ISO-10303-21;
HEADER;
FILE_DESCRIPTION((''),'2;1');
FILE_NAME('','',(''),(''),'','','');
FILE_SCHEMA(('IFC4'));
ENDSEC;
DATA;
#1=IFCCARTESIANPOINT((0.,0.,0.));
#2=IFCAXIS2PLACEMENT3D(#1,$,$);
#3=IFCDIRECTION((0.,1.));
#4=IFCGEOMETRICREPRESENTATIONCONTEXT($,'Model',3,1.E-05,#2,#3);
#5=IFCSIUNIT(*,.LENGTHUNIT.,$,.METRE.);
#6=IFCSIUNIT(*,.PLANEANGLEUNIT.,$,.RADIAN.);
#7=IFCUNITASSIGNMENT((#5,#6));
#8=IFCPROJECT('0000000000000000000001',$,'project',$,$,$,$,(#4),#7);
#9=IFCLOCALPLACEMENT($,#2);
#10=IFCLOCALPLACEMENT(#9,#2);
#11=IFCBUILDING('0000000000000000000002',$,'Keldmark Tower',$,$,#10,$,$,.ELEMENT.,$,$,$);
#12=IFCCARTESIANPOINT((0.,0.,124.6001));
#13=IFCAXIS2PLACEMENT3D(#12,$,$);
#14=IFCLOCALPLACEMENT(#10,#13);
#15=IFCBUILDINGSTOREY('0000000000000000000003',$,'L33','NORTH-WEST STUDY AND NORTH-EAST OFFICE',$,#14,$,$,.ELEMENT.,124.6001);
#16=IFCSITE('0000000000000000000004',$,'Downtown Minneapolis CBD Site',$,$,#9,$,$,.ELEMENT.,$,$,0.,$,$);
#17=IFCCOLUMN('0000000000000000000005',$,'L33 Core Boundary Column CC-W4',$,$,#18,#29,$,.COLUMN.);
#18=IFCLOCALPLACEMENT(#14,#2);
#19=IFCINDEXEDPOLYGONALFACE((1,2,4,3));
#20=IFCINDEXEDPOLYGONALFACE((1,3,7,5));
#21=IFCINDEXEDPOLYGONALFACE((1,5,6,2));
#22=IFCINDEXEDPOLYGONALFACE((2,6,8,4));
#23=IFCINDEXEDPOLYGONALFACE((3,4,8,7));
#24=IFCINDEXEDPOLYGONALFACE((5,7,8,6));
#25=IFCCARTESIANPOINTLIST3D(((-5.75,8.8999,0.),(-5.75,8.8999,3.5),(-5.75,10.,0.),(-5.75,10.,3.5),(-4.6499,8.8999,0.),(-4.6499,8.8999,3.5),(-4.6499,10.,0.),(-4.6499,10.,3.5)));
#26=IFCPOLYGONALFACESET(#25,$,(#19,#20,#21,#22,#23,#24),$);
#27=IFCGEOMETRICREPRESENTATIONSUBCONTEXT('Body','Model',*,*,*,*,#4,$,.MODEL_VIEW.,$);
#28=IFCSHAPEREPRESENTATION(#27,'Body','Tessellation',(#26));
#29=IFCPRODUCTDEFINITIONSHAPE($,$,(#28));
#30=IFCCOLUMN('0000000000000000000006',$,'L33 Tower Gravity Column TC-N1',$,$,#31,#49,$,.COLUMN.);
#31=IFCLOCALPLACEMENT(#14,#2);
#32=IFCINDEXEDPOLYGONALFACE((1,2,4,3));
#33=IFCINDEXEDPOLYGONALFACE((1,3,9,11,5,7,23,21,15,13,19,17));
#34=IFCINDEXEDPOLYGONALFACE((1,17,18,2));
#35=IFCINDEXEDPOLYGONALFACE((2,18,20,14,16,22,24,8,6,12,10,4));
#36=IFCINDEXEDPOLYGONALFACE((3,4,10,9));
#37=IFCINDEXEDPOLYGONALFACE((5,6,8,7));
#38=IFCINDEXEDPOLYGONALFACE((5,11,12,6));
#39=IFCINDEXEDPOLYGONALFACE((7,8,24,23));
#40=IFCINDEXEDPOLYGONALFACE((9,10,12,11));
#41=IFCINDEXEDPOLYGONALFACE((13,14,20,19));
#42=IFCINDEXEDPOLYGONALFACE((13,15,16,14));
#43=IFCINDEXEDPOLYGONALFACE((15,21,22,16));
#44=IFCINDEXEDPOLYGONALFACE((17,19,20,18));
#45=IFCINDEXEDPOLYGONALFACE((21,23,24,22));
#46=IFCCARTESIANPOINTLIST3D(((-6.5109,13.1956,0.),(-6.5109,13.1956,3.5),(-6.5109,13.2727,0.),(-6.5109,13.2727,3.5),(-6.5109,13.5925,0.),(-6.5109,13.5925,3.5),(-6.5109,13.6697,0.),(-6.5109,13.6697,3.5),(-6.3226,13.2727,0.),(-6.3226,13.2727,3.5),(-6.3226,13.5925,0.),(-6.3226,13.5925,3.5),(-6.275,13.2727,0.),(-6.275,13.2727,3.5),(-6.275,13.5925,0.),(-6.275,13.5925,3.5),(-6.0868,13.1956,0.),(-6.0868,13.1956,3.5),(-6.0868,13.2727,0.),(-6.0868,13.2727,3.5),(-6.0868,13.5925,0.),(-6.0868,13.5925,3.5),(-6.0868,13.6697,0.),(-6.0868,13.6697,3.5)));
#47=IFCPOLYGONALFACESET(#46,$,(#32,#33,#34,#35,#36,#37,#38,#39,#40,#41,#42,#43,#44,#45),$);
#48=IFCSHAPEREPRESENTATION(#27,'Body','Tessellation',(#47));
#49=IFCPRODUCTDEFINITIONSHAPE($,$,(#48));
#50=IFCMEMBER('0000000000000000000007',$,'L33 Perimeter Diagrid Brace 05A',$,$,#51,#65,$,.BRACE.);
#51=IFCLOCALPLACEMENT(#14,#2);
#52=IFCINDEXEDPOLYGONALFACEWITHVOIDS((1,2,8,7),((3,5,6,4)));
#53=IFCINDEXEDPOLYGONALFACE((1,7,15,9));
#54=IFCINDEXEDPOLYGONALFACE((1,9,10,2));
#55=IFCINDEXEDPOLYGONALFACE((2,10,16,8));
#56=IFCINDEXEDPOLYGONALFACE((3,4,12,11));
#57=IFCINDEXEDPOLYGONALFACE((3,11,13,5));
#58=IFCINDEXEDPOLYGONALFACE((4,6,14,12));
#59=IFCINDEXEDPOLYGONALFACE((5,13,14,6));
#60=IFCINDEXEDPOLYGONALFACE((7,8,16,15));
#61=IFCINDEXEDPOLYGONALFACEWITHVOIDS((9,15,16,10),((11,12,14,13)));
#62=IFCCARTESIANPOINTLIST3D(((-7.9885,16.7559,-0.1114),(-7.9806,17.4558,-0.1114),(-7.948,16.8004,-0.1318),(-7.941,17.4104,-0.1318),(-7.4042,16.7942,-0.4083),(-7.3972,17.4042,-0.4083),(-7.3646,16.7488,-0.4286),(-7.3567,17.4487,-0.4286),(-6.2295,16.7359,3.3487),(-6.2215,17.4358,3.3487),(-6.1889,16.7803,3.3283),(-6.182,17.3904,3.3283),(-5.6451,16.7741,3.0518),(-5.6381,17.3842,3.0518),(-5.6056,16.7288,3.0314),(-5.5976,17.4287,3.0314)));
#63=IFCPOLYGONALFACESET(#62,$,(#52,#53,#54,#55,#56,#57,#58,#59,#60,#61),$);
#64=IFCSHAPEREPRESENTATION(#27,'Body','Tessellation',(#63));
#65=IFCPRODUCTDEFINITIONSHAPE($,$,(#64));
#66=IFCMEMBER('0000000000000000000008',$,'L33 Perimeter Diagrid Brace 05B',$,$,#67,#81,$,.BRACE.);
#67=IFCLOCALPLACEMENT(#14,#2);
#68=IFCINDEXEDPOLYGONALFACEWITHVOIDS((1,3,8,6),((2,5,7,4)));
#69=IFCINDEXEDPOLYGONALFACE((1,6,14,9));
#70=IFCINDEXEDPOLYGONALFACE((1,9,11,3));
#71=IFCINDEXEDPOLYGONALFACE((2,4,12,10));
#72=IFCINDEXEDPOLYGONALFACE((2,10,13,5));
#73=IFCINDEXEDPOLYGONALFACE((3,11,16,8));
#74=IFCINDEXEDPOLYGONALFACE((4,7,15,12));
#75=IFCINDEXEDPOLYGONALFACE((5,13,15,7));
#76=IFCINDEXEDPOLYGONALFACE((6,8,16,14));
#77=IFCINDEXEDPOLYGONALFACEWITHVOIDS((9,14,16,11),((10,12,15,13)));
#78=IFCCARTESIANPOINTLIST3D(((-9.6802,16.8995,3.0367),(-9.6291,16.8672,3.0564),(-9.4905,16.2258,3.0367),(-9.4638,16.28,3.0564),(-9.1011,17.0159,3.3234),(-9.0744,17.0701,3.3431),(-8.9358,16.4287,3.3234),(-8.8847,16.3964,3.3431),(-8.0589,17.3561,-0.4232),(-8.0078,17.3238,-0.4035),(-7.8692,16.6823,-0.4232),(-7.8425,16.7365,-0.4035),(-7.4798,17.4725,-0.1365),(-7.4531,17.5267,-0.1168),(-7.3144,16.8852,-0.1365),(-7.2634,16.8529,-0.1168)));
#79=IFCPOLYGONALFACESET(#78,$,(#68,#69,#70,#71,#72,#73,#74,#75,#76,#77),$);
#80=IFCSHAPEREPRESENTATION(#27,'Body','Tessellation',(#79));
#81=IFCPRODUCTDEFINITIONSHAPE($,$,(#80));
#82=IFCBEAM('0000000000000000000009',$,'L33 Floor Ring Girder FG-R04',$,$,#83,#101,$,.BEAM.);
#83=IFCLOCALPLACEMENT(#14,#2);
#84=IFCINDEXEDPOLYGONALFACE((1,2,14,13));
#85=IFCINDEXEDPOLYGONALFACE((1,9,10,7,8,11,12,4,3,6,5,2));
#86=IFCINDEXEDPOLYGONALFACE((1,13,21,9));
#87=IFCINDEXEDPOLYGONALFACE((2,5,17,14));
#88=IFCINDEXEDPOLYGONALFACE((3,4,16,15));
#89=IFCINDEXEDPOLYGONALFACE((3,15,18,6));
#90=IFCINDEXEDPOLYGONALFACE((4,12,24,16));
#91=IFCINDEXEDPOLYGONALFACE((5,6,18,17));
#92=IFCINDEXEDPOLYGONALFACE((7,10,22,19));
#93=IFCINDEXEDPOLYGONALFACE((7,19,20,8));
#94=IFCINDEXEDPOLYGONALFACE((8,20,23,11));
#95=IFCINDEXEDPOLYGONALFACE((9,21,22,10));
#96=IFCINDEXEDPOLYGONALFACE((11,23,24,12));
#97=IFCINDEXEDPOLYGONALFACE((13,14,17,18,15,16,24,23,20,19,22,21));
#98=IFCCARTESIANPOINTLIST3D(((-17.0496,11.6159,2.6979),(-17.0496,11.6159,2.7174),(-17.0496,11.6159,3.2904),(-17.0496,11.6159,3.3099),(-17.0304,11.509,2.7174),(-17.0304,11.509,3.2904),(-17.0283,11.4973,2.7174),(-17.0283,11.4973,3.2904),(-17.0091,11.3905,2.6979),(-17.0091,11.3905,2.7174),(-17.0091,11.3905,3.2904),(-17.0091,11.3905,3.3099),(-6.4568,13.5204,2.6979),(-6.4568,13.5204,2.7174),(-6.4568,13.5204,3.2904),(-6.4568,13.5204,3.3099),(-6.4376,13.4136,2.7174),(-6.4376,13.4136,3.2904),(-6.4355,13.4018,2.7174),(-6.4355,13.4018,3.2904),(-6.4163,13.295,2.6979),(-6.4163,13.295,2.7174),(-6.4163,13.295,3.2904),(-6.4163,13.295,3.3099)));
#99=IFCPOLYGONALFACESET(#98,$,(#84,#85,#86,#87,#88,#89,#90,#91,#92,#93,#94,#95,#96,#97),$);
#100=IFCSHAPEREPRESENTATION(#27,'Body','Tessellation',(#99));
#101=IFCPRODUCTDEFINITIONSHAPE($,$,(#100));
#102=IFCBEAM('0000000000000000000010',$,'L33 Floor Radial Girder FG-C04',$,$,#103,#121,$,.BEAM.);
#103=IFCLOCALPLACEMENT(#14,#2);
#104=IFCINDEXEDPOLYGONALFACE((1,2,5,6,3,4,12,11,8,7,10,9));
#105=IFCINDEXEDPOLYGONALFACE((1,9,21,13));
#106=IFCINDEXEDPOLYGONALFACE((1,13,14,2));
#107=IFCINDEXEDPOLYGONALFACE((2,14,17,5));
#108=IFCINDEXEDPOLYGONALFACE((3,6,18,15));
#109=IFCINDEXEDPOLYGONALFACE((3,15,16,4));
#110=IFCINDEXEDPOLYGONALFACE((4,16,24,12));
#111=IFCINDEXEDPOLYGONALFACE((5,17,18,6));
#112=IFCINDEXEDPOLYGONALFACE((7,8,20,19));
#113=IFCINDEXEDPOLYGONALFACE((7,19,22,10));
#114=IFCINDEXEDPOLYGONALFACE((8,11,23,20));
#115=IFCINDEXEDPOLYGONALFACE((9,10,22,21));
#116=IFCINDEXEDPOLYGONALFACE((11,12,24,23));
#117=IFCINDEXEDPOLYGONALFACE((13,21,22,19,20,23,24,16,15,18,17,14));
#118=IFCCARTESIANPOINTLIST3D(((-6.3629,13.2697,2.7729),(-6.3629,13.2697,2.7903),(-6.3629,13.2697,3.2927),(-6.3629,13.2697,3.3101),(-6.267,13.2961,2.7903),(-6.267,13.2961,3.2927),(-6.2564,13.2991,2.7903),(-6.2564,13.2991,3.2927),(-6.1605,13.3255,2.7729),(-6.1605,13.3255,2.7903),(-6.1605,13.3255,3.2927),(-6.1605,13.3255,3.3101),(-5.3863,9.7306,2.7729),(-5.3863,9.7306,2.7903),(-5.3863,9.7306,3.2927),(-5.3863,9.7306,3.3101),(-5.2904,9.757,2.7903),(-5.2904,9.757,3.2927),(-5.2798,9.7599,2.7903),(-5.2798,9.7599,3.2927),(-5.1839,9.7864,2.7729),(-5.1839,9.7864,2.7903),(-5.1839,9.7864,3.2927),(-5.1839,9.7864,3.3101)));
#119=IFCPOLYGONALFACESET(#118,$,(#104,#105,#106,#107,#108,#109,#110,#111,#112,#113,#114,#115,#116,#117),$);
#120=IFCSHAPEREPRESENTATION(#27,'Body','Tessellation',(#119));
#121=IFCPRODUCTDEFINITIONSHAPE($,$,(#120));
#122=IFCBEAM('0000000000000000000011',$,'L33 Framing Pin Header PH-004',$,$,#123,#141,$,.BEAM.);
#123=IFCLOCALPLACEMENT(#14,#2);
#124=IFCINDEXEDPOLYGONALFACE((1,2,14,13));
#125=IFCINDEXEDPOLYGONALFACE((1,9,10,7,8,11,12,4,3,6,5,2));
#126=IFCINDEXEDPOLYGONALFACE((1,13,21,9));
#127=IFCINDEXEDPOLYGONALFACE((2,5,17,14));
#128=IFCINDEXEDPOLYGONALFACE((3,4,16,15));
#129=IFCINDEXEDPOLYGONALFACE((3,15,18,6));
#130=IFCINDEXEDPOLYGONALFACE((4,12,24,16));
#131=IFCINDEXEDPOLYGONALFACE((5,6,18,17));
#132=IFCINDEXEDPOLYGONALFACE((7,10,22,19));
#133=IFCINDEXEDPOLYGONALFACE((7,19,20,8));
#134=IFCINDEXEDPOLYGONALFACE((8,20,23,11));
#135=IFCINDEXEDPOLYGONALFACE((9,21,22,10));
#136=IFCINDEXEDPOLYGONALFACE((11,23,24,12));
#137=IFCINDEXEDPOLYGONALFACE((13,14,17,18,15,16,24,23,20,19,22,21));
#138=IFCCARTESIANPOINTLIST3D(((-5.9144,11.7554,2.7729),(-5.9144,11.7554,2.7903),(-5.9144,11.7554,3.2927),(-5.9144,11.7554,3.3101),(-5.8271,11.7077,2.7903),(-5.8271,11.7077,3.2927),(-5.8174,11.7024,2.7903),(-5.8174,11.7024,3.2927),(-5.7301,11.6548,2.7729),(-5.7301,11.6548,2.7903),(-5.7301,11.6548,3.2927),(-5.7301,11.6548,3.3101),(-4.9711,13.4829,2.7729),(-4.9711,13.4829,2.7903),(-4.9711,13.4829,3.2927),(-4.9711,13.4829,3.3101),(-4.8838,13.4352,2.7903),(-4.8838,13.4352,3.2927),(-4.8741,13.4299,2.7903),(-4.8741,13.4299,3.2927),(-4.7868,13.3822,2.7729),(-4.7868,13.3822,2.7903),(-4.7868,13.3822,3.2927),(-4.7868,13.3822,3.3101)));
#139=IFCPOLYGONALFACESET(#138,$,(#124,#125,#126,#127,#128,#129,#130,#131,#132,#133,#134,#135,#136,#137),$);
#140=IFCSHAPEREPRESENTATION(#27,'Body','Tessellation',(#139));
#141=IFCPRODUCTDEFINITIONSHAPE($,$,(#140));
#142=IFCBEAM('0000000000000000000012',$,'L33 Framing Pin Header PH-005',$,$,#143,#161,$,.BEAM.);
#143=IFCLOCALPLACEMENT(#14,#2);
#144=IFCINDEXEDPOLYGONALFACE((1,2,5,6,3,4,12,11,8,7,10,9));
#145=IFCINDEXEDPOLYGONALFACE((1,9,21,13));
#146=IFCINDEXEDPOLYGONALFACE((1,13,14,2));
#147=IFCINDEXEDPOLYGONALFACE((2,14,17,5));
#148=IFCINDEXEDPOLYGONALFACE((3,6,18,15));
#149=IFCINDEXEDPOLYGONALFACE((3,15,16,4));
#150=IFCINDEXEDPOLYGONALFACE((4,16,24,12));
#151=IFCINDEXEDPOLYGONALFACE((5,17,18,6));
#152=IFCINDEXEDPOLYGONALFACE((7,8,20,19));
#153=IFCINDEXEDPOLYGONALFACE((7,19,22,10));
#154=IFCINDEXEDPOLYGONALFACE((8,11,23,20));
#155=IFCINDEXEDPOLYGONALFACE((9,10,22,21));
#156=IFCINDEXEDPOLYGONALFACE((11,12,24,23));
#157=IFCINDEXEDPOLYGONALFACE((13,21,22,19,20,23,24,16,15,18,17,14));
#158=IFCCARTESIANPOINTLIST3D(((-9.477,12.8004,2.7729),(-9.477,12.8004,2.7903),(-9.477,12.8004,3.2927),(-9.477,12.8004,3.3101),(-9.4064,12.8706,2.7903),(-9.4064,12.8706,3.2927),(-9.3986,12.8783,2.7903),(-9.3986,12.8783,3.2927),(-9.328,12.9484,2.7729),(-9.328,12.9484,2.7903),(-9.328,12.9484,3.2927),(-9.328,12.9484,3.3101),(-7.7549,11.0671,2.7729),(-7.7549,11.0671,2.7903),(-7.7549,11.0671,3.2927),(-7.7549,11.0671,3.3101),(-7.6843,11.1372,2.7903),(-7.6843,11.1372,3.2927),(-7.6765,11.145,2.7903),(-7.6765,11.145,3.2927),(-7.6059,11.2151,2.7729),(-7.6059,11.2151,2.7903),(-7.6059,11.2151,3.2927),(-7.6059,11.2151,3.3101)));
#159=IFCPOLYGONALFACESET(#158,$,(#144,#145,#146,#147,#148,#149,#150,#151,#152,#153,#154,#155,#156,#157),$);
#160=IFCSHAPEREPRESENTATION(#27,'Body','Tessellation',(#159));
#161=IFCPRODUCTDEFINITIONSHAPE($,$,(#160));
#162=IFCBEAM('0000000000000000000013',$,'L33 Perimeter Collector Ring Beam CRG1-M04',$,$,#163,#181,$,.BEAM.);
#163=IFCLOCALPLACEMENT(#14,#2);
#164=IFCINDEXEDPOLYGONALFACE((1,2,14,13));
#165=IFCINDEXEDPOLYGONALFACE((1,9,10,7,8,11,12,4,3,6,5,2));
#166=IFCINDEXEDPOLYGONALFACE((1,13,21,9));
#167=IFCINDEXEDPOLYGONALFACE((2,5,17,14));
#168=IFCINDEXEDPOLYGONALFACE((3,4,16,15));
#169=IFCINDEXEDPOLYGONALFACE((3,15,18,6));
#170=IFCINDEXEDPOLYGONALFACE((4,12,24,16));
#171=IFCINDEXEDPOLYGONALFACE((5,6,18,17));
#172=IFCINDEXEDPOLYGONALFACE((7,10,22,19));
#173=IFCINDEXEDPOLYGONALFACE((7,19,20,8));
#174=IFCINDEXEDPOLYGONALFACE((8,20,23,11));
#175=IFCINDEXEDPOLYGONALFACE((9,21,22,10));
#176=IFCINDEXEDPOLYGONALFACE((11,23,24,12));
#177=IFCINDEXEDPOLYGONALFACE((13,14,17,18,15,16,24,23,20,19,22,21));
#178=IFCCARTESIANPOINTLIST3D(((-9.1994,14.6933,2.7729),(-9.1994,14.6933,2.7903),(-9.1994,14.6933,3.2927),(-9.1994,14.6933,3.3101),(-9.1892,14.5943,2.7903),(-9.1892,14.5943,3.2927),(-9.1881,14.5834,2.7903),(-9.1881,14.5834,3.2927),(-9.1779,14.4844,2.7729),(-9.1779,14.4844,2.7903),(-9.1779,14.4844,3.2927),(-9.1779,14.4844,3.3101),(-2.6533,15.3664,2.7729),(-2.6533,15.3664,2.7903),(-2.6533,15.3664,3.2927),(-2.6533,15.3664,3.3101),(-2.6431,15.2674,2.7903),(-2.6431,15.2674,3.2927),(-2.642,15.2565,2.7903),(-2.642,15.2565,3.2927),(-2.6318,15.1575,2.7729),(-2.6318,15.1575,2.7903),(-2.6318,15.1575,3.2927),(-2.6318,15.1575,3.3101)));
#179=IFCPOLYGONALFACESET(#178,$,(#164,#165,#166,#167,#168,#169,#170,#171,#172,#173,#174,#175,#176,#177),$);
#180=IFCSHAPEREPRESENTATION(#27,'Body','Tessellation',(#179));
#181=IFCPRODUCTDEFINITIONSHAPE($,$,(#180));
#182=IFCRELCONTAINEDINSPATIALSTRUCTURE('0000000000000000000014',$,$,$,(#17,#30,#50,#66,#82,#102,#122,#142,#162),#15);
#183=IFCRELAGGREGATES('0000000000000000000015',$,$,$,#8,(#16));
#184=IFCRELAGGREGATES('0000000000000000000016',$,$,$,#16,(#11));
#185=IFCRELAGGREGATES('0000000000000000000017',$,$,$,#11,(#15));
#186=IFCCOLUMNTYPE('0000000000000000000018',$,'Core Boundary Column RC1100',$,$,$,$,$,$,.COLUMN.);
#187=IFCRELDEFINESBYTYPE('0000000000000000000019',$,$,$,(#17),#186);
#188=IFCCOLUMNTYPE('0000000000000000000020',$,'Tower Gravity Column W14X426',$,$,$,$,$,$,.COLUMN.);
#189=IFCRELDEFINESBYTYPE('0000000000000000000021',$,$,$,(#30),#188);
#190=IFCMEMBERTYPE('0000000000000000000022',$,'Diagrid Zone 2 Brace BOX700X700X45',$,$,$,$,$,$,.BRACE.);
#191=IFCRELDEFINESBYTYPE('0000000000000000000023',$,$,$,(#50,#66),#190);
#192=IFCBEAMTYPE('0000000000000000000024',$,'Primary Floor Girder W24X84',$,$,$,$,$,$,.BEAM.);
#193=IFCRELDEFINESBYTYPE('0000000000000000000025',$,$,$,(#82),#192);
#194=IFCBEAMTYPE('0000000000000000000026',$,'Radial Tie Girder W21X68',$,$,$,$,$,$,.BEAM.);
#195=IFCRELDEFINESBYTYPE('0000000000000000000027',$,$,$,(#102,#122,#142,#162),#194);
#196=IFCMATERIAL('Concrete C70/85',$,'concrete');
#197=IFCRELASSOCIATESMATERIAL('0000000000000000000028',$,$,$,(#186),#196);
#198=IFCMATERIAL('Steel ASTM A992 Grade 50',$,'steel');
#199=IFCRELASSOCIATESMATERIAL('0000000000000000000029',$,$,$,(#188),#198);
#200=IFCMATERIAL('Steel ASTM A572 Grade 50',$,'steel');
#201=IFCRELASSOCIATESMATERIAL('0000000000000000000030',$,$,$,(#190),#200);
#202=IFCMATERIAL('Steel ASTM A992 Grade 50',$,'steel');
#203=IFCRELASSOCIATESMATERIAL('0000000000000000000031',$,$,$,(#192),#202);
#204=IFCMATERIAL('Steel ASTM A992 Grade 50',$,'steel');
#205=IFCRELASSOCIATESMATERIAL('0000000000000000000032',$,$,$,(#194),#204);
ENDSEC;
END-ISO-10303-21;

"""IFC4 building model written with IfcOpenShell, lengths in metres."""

from ifc_helpers import new_model, si_unit, direction, frame, origin, origin_2d, place, context, subcontext, project, spatial, rectangle, hollow_rectangle, i_section, extrude, material, material_profile, profile_set, type_object, element, save


model = new_model("IFC4")

# Units and contexts
model_context = context("Model", 3, precision=1e-05, world=origin(), true_north=direction((0.0, 1.0)))
body_context = subcontext(model_context, "Body", "Model", "MODEL_VIEW")
ifc_project = project(units=[si_unit("LENGTHUNIT", "METRE"), si_unit("PLANEANGLEUNIT", "RADIAN")], contexts=[model_context])

# Site, building, storey
site_placement = place(None, origin())
site = spatial("IfcSite", under=ifc_project, at=site_placement, Name="Downtown Minneapolis CBD Site", CompositionType="ELEMENT", RefElevation=0.0)
building_placement = place(site_placement, origin())
building = spatial("IfcBuilding", under=site, at=building_placement, Name="Keldmark Tower", CompositionType="ELEMENT")
storey_placement = place(building_placement, frame((0.0, 0.0, 124.6001)))
storey = spatial("IfcBuildingStorey", under=building, at=storey_placement, Name="L33", Description="NORTH-WEST STUDY AND NORTH-EAST OFFICE", CompositionType="ELEMENT", Elevation=124.6001)

# Columns
ifc_material_1 = material(Name="Concrete C70/85", Category="concrete")
ifc_material_profile_1 = material_profile(ifc_material_1, rectangle(XDim=1.1001, YDim=1.1001, at=origin_2d()), Name="RC1100X1100")
ifc_profile_set_1 = profile_set([ifc_material_profile_1], Name="Concrete C70/85")
column_type_1 = type_object("IfcColumnType", Name="Core Boundary Column RC1100", PredefinedType="COLUMN", material=ifc_profile_set_1)
column_1_placement = place(storey_placement, frame((-5.2, 9.45, 0.0), z_axis=(0.0, 0.0, 1.0), x_axis=(1.0, 0.0, 0.0)))
element("IfcColumn", 1, at=column_1_placement, inside=storey, type_object=column_type_1, Name="L33 Core Boundary Column CC-W4", PredefinedType="COLUMN", context=body_context, shape_type="SweptSolid", body=[
    extrude(rectangle(XDim=1.1001, YDim=1.1001, at=origin_2d()), origin(), (0.0, 0.0, 1.0), 3.5),
])
ifc_material_2 = material(Name="Steel ASTM A992 Grade 50", Category="steel")
ifc_material_profile_2 = material_profile(ifc_material_2, i_section(OverallWidth=0.4241, OverallDepth=0.4741, WebThickness=0.0476, FlangeThickness=0.0771, at=origin_2d()), Name="W14X426")
ifc_profile_set_2 = profile_set([ifc_material_profile_2], Name="Steel ASTM A992 Grade 50")
column_type_2 = type_object("IfcColumnType", Name="Tower Gravity Column W14X426", PredefinedType="COLUMN", material=ifc_profile_set_2)
column_2_placement = place(storey_placement, frame((-6.2988, 13.4326, 0.0), z_axis=(0.0, 0.0, 1.0), x_axis=(1.0, 0.0, 0.0)))
element("IfcColumn", 2, at=column_2_placement, inside=storey, type_object=column_type_2, Name="L33 Tower Gravity Column TC-N1", PredefinedType="COLUMN", context=body_context, shape_type="SweptSolid", body=[
    extrude(i_section(OverallWidth=0.4241, OverallDepth=0.4741, WebThickness=0.0476, FlangeThickness=0.0771, at=origin_2d()), origin(), (0.0, 0.0, 1.0), 3.5),
])

# Members
ifc_material_3 = material(Name="Steel ASTM A572 Grade 50", Category="steel")
ifc_material_profile_3 = material_profile(ifc_material_3, hollow_rectangle(XDim=0.7, YDim=0.7, WallThickness=0.0449, at=origin_2d()), Name="BOX700X700X45")
ifc_profile_set_3 = profile_set([ifc_material_profile_3], Name="Steel ASTM A572 Grade 50")
member_type = type_object("IfcMemberType", Name="Diagrid Zone 2 Brace BOX700X700X45", PredefinedType="BRACE", material=ifc_profile_set_3)
member_1_placement = place(storey_placement, frame((-7.6726, 17.1023, -0.27), z_axis=(0.453186, -0.005158, 0.891401), x_axis=(0.01138, 0.999935, 0.0)))
element("IfcMember", 3, at=member_1_placement, inside=storey, type_object=member_type, Name="L33 Perimeter Diagrid Brace 05A", PredefinedType="BRACE", context=body_context, shape_type="SweptSolid", body=[
    extrude(hollow_rectangle(XDim=0.7, YDim=0.7, WallThickness=0.0449, at=origin_2d()), origin(), (0.0, 0.0, 1.0), 3.8816),
])
member_2_placement = place(storey_placement, frame((-7.6611, 17.1045, -0.27), z_axis=(-0.421326, -0.118639, 0.899116), x_axis=(0.271044, -0.962567, 0.0)))
element("IfcMember", 4, at=member_2_placement, inside=storey, type_object=member_type, Name="L33 Perimeter Diagrid Brace 05B", PredefinedType="BRACE", context=body_context, shape_type="SweptSolid", body=[
    extrude(hollow_rectangle(XDim=0.7, YDim=0.7, WallThickness=0.0449, at=origin_2d()), origin(), (0.0, 0.0, 1.0), 3.8481),
])

# Beams
ifc_material_4 = material(Name="Steel ASTM A992 Grade 50", Category="steel")
ifc_material_profile_4 = material_profile(ifc_material_4, i_section(OverallWidth=0.229, OverallDepth=0.6121, WebThickness=0.012, FlangeThickness=0.0195, at=origin_2d()), Name="W24X84")
ifc_profile_set_4 = profile_set([ifc_material_profile_4], Name="Steel ASTM A992 Grade 50")
beam_type_1 = type_object("IfcBeamType", Name="Primary Floor Girder W24X84", PredefinedType="BEAM", material=ifc_profile_set_4)
beam_1_placement = place(storey_placement, frame((-6.4365, 13.4077, 3.0039), z_axis=(-0.984218, -0.176959, 0.0), x_axis=(0.176959, -0.984218, 0.0)))
element("IfcBeam", 5, at=beam_1_placement, inside=storey, type_object=beam_type_1, Name="L33 Floor Ring Girder FG-R04", PredefinedType="BEAM", context=body_context, shape_type="SweptSolid", body=[
    extrude(i_section(OverallWidth=0.229, OverallDepth=0.6121, WebThickness=0.012, FlangeThickness=0.0195, at=origin_2d()), origin(), (0.0, 0.0, 1.0), 10.7627),
])
ifc_material_5 = material(Name="Steel ASTM A992 Grade 50", Category="steel")
ifc_material_profile_5 = material_profile(ifc_material_5, i_section(OverallWidth=0.21, OverallDepth=0.5371, WebThickness=0.011, FlangeThickness=0.0173, at=origin_2d()), Name="W21X68")
ifc_profile_set_5 = profile_set([ifc_material_profile_5], Name="Steel ASTM A992 Grade 50")
beam_type_2 = type_object("IfcBeamType", Name="Radial Tie Girder W21X68", PredefinedType="BEAM", material=ifc_profile_set_5)
beam_2_placement = place(storey_placement, frame((-6.2617, 13.2976, 3.0415), z_axis=(0.265997, -0.963974, 0.0), x_axis=(0.963974, 0.265997, 0.0)))
element("IfcBeam", 6, at=beam_2_placement, inside=storey, type_object=beam_type_2, Name="L33 Floor Radial Girder FG-C04", PredefinedType="BEAM", context=body_context, shape_type="SweptSolid", body=[
    extrude(i_section(OverallWidth=0.21, OverallDepth=0.5371, WebThickness=0.011, FlangeThickness=0.0173, at=origin_2d()), origin(), (0.0, 0.0, 1.0), 3.6714),
])
beam_3_placement = place(storey_placement, frame((-5.8223, 11.7051, 3.0415), z_axis=(0.479269, 0.877668, 0.0), x_axis=(-0.877668, 0.479269, 0.0)))
element("IfcBeam", 7, at=beam_3_placement, inside=storey, type_object=beam_type_2, Name="L33 Framing Pin Header PH-004", PredefinedType="BEAM", context=body_context, shape_type="SweptSolid", body=[
    extrude(i_section(OverallWidth=0.21, OverallDepth=0.5371, WebThickness=0.011, FlangeThickness=0.0173, at=origin_2d()), origin(), (0.0, 0.0, 1.0), 1.9683),
])
beam_4_placement = place(storey_placement, frame((-7.6804, 11.1411, 3.0415), z_axis=(-0.704805, 0.709401, 0.0), x_axis=(-0.709401, -0.704805, 0.0)))
element("IfcBeam", 8, at=beam_4_placement, inside=storey, type_object=beam_type_2, Name="L33 Framing Pin Header PH-005", PredefinedType="BEAM", context=body_context, shape_type="SweptSolid", body=[
    extrude(i_section(OverallWidth=0.21, OverallDepth=0.5371, WebThickness=0.011, FlangeThickness=0.0173, at=origin_2d()), origin(), (0.0, 0.0, 1.0), 2.4434),
])
beam_5_placement = place(storey_placement, frame((-2.6426, 15.262, 3.0415), z_axis=(-0.994755, -0.102284, 0.0), x_axis=(0.102284, -0.994755, 0.0)))
element("IfcBeam", 9, at=beam_5_placement, inside=storey, type_object=beam_type_2, Name="L33 Perimeter Collector Ring Beam CRG1-M04", PredefinedType="BEAM", context=body_context, shape_type="SweptSolid", body=[
    extrude(i_section(OverallWidth=0.21, OverallDepth=0.5371, WebThickness=0.011, FlangeThickness=0.0173, at=origin_2d()), origin(), (0.0, 0.0, 1.0), 6.5806),
])

save(model, "model.ifc")
